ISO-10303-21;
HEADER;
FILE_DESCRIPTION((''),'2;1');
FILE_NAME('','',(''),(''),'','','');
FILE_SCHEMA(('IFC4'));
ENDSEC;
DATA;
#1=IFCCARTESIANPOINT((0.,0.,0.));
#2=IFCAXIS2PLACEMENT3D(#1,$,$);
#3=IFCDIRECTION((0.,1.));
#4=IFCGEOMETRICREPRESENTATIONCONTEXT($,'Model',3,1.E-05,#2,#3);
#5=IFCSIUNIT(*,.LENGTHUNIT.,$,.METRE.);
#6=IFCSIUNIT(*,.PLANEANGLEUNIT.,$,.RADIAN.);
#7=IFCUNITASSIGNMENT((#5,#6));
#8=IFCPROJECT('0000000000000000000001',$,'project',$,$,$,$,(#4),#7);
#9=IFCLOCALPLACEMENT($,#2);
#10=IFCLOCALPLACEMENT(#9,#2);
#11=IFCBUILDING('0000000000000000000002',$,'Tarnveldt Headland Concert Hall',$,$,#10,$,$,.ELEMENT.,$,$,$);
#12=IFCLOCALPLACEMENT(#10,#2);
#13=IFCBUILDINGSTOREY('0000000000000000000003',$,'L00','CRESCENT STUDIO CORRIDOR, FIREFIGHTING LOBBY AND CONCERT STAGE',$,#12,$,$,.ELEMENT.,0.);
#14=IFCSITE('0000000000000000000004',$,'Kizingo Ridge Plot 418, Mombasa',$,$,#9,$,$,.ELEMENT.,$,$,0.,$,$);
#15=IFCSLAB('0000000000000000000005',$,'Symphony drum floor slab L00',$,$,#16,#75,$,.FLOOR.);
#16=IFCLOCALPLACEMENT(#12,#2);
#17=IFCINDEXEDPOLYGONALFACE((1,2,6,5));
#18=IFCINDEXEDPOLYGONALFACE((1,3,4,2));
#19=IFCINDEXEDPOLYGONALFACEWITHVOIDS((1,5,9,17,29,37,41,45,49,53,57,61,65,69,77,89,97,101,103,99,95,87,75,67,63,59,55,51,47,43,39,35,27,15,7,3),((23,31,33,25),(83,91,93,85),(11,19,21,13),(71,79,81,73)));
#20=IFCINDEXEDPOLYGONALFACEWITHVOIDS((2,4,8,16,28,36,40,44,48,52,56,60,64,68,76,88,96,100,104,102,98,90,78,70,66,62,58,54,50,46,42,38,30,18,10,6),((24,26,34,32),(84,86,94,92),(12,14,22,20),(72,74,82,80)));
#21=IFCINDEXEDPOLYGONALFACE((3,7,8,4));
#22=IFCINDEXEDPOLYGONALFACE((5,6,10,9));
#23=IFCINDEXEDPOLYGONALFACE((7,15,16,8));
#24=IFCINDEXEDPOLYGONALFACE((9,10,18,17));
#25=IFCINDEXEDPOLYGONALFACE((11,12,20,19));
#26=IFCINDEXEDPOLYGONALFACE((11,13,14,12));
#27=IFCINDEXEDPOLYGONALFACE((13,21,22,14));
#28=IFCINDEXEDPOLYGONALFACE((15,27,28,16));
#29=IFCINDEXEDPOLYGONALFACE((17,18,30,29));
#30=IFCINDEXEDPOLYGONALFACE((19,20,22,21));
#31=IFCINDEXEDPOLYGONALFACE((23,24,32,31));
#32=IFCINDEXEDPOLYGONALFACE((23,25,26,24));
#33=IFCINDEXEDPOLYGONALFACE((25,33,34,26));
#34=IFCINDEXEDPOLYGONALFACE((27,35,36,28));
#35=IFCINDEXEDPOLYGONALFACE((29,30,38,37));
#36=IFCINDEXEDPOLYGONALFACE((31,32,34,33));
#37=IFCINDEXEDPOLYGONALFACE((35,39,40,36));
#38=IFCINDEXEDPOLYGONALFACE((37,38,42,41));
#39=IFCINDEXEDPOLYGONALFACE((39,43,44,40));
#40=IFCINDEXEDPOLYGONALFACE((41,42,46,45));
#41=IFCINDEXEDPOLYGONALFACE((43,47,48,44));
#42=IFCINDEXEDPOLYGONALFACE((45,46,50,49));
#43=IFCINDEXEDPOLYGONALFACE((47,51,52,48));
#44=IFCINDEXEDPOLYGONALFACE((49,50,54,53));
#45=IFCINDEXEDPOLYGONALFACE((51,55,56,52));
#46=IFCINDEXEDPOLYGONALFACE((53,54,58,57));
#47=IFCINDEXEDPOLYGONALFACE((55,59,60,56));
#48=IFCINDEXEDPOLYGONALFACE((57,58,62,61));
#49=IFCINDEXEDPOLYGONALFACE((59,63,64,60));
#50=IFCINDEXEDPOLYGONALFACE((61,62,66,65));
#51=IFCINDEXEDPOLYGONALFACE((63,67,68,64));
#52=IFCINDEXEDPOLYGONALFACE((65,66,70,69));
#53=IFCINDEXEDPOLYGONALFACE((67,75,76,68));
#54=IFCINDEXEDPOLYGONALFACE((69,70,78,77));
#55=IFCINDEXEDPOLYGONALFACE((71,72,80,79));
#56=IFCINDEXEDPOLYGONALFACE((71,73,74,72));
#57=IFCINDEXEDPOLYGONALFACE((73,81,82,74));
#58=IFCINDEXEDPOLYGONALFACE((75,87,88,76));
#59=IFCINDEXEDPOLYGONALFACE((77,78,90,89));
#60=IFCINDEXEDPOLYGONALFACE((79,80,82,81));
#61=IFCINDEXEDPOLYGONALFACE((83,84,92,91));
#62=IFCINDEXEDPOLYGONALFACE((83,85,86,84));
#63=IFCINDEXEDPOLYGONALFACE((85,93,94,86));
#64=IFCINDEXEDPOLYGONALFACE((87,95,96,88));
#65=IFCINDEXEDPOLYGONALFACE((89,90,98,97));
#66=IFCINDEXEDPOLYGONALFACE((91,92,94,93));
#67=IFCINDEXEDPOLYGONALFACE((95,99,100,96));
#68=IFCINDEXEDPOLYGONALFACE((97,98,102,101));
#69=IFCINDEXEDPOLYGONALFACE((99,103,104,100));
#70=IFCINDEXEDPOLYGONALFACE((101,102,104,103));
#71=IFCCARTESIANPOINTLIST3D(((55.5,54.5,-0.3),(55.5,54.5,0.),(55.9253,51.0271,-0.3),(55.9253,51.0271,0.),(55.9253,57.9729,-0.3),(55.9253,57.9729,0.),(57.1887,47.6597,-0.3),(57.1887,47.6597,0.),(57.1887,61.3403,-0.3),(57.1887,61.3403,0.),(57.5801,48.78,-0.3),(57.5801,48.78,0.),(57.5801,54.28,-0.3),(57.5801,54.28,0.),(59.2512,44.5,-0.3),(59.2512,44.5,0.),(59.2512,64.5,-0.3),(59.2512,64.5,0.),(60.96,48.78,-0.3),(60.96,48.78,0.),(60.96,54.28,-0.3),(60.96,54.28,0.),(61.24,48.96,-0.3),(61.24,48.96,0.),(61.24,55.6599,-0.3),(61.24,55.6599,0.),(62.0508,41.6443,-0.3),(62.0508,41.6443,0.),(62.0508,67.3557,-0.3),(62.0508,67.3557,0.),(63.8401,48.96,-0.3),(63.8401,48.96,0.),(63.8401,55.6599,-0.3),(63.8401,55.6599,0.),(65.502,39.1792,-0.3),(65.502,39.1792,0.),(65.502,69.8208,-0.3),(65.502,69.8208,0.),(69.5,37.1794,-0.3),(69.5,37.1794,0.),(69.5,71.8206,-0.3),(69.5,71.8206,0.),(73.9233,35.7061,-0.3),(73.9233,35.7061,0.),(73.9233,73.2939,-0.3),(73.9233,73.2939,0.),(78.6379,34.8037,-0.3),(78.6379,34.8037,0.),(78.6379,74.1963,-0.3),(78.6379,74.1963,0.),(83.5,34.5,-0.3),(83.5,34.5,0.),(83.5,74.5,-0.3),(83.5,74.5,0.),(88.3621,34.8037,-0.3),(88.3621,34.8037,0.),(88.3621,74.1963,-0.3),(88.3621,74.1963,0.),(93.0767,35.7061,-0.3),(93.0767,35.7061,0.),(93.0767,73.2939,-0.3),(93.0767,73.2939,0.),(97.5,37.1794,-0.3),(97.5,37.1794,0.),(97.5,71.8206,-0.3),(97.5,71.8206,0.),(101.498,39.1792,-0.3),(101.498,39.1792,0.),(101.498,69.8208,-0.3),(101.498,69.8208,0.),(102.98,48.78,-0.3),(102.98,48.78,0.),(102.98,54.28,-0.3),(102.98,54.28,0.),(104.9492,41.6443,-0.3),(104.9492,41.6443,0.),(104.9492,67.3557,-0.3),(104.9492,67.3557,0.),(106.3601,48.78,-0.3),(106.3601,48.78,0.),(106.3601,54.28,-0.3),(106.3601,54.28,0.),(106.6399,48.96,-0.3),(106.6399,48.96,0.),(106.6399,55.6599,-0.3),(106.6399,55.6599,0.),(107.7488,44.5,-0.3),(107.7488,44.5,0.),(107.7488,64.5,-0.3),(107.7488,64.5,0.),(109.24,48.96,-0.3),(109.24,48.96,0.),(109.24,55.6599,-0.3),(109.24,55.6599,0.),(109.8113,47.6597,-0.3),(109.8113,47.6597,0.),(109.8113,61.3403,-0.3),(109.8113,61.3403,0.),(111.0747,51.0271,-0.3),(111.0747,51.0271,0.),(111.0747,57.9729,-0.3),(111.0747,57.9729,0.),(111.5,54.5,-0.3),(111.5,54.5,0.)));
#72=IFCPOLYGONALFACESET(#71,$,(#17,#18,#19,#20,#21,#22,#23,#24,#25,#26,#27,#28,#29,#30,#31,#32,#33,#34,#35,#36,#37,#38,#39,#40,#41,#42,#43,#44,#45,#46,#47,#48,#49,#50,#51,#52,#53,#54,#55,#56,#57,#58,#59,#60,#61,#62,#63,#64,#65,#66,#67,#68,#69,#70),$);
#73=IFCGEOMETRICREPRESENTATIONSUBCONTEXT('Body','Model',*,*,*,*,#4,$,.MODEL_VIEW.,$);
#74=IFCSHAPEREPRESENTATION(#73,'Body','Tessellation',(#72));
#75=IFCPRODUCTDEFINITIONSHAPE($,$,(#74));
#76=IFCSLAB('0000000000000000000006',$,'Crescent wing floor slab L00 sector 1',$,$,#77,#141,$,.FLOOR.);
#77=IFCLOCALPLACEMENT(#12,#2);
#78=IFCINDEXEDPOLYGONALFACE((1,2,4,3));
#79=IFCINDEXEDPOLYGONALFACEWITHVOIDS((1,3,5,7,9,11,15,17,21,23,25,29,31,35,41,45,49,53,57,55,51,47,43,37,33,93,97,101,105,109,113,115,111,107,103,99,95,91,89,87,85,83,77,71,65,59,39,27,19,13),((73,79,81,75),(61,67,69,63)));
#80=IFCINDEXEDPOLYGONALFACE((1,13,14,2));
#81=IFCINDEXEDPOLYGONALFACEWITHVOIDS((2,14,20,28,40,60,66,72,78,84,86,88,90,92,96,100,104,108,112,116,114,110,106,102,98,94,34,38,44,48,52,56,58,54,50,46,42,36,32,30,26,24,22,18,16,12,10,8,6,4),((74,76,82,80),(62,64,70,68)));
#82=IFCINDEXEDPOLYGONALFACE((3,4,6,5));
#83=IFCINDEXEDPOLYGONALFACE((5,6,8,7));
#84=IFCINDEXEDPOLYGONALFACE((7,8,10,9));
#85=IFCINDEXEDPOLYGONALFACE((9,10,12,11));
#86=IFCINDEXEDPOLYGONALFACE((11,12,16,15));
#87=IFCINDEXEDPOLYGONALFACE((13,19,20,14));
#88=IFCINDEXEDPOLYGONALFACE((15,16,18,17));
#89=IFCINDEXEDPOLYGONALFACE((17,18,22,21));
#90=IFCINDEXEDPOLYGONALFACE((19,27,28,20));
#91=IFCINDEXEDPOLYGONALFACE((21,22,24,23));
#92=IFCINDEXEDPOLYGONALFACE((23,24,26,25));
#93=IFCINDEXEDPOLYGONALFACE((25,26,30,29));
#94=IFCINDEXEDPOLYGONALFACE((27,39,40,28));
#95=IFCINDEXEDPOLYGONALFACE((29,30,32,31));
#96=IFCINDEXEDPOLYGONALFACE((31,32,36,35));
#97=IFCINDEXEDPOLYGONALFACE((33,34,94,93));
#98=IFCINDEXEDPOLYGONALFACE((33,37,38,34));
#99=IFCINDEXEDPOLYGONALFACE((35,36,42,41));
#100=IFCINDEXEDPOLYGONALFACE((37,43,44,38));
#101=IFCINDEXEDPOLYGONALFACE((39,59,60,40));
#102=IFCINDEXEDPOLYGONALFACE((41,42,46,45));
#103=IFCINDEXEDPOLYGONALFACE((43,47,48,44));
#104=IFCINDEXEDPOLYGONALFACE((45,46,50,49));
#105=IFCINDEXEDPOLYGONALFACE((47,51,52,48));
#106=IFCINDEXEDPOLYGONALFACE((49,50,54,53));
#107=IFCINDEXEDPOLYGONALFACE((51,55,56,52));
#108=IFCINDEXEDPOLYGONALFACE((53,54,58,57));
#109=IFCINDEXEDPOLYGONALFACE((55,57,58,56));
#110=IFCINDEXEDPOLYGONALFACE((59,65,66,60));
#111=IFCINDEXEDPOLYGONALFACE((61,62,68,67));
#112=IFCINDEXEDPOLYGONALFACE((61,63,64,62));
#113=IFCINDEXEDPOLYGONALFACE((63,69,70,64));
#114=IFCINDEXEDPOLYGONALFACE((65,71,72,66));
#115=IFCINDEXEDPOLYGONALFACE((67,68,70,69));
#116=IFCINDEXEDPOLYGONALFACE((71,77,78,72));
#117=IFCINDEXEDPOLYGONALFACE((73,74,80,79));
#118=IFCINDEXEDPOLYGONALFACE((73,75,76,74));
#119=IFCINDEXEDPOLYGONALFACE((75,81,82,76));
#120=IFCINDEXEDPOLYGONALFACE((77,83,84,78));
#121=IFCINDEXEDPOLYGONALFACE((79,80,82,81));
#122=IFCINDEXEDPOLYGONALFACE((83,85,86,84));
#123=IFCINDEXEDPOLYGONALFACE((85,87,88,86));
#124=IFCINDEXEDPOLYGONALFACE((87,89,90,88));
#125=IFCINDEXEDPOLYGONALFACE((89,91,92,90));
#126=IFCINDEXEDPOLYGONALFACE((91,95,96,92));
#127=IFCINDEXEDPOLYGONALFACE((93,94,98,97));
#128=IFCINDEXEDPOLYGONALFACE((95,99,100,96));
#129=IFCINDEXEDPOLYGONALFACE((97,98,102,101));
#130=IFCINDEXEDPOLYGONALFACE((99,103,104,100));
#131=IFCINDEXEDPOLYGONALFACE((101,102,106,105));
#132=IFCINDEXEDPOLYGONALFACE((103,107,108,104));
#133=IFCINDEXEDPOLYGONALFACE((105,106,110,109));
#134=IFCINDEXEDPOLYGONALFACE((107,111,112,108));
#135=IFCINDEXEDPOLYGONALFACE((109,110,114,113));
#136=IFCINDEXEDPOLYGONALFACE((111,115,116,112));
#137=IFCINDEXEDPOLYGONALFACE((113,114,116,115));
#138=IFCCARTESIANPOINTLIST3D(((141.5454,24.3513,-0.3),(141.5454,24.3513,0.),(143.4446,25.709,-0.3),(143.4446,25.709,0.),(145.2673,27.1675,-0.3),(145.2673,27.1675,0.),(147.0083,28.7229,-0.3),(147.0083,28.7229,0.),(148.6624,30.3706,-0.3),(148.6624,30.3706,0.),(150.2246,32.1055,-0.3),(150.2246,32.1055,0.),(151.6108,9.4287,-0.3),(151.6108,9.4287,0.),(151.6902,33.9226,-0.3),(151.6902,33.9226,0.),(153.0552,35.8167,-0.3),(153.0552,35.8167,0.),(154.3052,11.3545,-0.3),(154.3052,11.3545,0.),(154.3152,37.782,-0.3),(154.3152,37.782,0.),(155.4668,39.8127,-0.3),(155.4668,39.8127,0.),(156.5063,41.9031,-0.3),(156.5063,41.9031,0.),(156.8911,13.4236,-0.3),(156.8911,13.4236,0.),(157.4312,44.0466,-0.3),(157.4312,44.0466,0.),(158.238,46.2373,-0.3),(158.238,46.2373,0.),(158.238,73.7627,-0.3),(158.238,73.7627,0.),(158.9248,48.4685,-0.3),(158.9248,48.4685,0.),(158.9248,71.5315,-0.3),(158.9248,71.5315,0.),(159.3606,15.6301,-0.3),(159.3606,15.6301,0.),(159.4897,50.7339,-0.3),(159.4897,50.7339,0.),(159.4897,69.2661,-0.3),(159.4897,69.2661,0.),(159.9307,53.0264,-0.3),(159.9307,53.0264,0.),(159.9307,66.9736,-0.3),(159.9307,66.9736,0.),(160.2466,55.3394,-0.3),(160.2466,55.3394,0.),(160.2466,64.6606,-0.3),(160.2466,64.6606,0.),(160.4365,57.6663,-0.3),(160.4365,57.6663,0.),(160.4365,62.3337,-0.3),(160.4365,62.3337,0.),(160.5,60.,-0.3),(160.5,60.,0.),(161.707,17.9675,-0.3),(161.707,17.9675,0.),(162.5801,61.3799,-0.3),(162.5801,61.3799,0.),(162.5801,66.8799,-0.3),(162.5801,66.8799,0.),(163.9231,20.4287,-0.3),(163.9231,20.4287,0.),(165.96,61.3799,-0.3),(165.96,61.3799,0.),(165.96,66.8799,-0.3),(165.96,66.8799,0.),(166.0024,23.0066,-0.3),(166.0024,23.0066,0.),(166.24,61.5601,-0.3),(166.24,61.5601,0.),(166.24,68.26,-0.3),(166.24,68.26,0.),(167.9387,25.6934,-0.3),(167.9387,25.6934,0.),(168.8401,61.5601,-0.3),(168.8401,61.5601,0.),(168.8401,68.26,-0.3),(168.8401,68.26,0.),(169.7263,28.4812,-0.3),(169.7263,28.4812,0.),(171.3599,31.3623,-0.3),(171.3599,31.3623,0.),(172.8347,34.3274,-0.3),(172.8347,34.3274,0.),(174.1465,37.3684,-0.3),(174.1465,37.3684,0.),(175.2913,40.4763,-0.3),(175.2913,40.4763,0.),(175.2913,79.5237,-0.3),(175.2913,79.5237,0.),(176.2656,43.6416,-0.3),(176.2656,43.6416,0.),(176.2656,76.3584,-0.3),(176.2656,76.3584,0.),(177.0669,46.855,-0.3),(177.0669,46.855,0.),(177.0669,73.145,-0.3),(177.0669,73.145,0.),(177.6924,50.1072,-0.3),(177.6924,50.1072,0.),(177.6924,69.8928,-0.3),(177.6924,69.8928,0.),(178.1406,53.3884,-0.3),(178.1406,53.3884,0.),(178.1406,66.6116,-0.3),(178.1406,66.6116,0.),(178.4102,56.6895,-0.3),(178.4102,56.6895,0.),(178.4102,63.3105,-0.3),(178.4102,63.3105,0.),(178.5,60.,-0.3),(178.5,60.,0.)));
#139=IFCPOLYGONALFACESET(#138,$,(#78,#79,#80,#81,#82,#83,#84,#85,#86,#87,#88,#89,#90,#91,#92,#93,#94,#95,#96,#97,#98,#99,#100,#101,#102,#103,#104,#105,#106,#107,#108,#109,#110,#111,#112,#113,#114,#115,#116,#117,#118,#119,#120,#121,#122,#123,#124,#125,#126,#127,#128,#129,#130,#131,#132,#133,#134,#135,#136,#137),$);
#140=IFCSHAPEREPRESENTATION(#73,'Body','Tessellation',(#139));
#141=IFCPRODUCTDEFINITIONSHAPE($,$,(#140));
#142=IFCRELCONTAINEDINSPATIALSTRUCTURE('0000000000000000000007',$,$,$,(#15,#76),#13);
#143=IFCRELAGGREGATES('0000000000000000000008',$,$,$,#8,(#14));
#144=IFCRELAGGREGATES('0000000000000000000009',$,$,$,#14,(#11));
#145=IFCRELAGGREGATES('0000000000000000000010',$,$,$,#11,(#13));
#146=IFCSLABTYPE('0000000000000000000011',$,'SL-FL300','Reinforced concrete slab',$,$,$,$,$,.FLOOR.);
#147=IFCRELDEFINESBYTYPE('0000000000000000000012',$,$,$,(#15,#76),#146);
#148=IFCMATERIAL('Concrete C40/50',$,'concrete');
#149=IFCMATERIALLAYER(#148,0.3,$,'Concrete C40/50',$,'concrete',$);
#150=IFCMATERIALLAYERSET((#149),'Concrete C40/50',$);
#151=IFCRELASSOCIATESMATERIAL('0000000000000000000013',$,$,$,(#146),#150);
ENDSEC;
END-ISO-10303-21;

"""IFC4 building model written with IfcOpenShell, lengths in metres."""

from ifc_helpers import new_model, si_unit, direction, frame, origin, place, context, subcontext, project, spatial, polyline, outline, extrude, material, layer, layer_set, type_object, element, save


model = new_model("IFC4")

# Units and contexts
model_context = context("Model", 3, precision=1e-05, world=origin(), true_north=direction((0.0, 1.0)))
body_context = subcontext(model_context, "Body", "Model", "MODEL_VIEW")
ifc_project = project(units=[si_unit("LENGTHUNIT", "METRE"), si_unit("PLANEANGLEUNIT", "RADIAN")], contexts=[model_context])

# Site, building, storey
site_placement = place(None, origin())
site = spatial("IfcSite", under=ifc_project, at=site_placement, Name="Kizingo Ridge Plot 418, Mombasa", CompositionType="ELEMENT", RefElevation=0.0)
building_placement = place(site_placement, origin())
building = spatial("IfcBuilding", under=site, at=building_placement, Name="Tarnveldt Headland Concert Hall", CompositionType="ELEMENT")
storey_placement = place(building_placement, origin())
storey = spatial("IfcBuildingStorey", under=building, at=storey_placement, Name="L00", Description="CRESCENT STUDIO CORRIDOR, FIREFIGHTING LOBBY AND CONCERT STAGE", CompositionType="ELEMENT", Elevation=0.0)

# Shared definitions
ifc_material_1 = material(Name="Concrete C40/50", Category="concrete")

# Slabs
ifc_layer_1 = layer(ifc_material_1, 0.3, Name="Concrete C40/50", Category="concrete")
ifc_layer_set_1 = layer_set([ifc_layer_1], Name="Concrete C40/50")
slab_type_1 = type_object("IfcSlabType", Name="SL-FL300", Description="Reinforced concrete slab", PredefinedType="FLOOR", material=ifc_layer_set_1)
slab_1_placement = place(storey_placement, frame((0.0, 0.0, -0.3)))
element("IfcSlab", 1, at=slab_1_placement, inside=storey, type_object=slab_type_1, Name="Symphony drum floor slab L00", PredefinedType="FLOOR", context=body_context, shape_type="SweptSolid", body=[
    extrude(outline(polyline([(104.9492, 41.6443), (107.7488, 44.5), (109.8113, 47.6597), (111.0747, 51.0271), (111.5, 54.5), (111.0747, 57.9729), (109.8113, 61.3403), (107.7488, 64.5), (104.9492, 67.3557), (101.498, 69.8208), (97.5, 71.8206), (93.0767, 73.2939), (88.3621, 74.1963), (83.5, 74.5), (78.6379, 74.1963), (73.9233, 73.2939), (69.5, 71.8206), (65.502, 69.8208), (62.0508, 67.3557), (59.2512, 64.5), (57.1887, 61.3403), (55.9253, 57.9729), (55.5, 54.5), (55.9253, 51.0271), (57.1887, 47.6597), (59.2512, 44.5), (62.0508, 41.6443), (65.502, 39.1792), (69.5, 37.1794), (73.9233, 35.7061), (78.6379, 34.8037), (83.5, 34.5), (88.3621, 34.8037), (93.0767, 35.7061), (97.5, 37.1794), (101.498, 39.1792), (104.9492, 41.6443)]), holes=[polyline([(60.96, 48.78), (57.5801, 48.78), (57.5801, 54.28), (60.96, 54.28), (60.96, 48.78)]), polyline([(61.24, 48.96), (61.24, 55.6599), (63.8401, 55.6599), (63.8401, 48.96), (61.24, 48.96)]), polyline([(102.98, 54.28), (106.3601, 54.28), (106.3601, 48.78), (102.98, 48.78), (102.98, 54.28)]), polyline([(109.24, 55.6599), (109.24, 48.96), (106.6399, 48.96), (106.6399, 55.6599), (109.24, 55.6599)])]), origin(), (0.0, 0.0, 1.0), 0.3),
])
slab_2_placement = place(storey_placement, frame((0.0, 0.0, -0.3)))
element("IfcSlab", 2, at=slab_2_placement, inside=storey, type_object=slab_type_1, Name="Crescent wing floor slab L00 sector 1", PredefinedType="FLOOR", context=body_context, shape_type="SweptSolid", body=[
    extrude(outline(polyline([(143.4446, 25.709), (141.5454, 24.3513), (151.6108, 9.4287), (154.3052, 11.3545), (156.8911, 13.4236), (159.3606, 15.6301), (161.707, 17.9675), (163.9231, 20.4287), (166.0024, 23.0066), (167.9387, 25.6934), (169.7263, 28.4812), (171.3599, 31.3623), (172.8347, 34.3274), (174.1465, 37.3684), (175.2913, 40.4763), (176.2656, 43.6416), (177.0669, 46.855), (177.6924, 50.1072), (178.1406, 53.3884), (178.4102, 56.6895), (178.5, 60.0), (178.4102, 63.3105), (178.1406, 66.6116), (177.6924, 69.8928), (177.0669, 73.145), (176.2656, 76.3584), (175.2913, 79.5237), (158.238, 73.7627), (158.9248, 71.5315), (159.4897, 69.2661), (159.9307, 66.9736), (160.2466, 64.6606), (160.4365, 62.3337), (160.5, 60.0), (160.4365, 57.6663), (160.2466, 55.3394), (159.9307, 53.0264), (159.4897, 50.7339), (158.9248, 48.4685), (158.238, 46.2373), (157.4312, 44.0466), (156.5063, 41.9031), (155.4668, 39.8127), (154.3152, 37.782), (153.0552, 35.8167), (151.6902, 33.9226), (150.2246, 32.1055), (148.6624, 30.3706), (147.0083, 28.7229), (145.2673, 27.1675), (143.4446, 25.709)]), holes=[polyline([(162.5801, 66.8799), (165.96, 66.8799), (165.96, 61.3799), (162.5801, 61.3799), (162.5801, 66.8799)]), polyline([(168.8401, 68.26), (168.8401, 61.5601), (166.24, 61.5601), (166.24, 68.26), (168.8401, 68.26)])]), origin(), (0.0, 0.0, 1.0), 0.3),
])

save(model, "model.ifc")
